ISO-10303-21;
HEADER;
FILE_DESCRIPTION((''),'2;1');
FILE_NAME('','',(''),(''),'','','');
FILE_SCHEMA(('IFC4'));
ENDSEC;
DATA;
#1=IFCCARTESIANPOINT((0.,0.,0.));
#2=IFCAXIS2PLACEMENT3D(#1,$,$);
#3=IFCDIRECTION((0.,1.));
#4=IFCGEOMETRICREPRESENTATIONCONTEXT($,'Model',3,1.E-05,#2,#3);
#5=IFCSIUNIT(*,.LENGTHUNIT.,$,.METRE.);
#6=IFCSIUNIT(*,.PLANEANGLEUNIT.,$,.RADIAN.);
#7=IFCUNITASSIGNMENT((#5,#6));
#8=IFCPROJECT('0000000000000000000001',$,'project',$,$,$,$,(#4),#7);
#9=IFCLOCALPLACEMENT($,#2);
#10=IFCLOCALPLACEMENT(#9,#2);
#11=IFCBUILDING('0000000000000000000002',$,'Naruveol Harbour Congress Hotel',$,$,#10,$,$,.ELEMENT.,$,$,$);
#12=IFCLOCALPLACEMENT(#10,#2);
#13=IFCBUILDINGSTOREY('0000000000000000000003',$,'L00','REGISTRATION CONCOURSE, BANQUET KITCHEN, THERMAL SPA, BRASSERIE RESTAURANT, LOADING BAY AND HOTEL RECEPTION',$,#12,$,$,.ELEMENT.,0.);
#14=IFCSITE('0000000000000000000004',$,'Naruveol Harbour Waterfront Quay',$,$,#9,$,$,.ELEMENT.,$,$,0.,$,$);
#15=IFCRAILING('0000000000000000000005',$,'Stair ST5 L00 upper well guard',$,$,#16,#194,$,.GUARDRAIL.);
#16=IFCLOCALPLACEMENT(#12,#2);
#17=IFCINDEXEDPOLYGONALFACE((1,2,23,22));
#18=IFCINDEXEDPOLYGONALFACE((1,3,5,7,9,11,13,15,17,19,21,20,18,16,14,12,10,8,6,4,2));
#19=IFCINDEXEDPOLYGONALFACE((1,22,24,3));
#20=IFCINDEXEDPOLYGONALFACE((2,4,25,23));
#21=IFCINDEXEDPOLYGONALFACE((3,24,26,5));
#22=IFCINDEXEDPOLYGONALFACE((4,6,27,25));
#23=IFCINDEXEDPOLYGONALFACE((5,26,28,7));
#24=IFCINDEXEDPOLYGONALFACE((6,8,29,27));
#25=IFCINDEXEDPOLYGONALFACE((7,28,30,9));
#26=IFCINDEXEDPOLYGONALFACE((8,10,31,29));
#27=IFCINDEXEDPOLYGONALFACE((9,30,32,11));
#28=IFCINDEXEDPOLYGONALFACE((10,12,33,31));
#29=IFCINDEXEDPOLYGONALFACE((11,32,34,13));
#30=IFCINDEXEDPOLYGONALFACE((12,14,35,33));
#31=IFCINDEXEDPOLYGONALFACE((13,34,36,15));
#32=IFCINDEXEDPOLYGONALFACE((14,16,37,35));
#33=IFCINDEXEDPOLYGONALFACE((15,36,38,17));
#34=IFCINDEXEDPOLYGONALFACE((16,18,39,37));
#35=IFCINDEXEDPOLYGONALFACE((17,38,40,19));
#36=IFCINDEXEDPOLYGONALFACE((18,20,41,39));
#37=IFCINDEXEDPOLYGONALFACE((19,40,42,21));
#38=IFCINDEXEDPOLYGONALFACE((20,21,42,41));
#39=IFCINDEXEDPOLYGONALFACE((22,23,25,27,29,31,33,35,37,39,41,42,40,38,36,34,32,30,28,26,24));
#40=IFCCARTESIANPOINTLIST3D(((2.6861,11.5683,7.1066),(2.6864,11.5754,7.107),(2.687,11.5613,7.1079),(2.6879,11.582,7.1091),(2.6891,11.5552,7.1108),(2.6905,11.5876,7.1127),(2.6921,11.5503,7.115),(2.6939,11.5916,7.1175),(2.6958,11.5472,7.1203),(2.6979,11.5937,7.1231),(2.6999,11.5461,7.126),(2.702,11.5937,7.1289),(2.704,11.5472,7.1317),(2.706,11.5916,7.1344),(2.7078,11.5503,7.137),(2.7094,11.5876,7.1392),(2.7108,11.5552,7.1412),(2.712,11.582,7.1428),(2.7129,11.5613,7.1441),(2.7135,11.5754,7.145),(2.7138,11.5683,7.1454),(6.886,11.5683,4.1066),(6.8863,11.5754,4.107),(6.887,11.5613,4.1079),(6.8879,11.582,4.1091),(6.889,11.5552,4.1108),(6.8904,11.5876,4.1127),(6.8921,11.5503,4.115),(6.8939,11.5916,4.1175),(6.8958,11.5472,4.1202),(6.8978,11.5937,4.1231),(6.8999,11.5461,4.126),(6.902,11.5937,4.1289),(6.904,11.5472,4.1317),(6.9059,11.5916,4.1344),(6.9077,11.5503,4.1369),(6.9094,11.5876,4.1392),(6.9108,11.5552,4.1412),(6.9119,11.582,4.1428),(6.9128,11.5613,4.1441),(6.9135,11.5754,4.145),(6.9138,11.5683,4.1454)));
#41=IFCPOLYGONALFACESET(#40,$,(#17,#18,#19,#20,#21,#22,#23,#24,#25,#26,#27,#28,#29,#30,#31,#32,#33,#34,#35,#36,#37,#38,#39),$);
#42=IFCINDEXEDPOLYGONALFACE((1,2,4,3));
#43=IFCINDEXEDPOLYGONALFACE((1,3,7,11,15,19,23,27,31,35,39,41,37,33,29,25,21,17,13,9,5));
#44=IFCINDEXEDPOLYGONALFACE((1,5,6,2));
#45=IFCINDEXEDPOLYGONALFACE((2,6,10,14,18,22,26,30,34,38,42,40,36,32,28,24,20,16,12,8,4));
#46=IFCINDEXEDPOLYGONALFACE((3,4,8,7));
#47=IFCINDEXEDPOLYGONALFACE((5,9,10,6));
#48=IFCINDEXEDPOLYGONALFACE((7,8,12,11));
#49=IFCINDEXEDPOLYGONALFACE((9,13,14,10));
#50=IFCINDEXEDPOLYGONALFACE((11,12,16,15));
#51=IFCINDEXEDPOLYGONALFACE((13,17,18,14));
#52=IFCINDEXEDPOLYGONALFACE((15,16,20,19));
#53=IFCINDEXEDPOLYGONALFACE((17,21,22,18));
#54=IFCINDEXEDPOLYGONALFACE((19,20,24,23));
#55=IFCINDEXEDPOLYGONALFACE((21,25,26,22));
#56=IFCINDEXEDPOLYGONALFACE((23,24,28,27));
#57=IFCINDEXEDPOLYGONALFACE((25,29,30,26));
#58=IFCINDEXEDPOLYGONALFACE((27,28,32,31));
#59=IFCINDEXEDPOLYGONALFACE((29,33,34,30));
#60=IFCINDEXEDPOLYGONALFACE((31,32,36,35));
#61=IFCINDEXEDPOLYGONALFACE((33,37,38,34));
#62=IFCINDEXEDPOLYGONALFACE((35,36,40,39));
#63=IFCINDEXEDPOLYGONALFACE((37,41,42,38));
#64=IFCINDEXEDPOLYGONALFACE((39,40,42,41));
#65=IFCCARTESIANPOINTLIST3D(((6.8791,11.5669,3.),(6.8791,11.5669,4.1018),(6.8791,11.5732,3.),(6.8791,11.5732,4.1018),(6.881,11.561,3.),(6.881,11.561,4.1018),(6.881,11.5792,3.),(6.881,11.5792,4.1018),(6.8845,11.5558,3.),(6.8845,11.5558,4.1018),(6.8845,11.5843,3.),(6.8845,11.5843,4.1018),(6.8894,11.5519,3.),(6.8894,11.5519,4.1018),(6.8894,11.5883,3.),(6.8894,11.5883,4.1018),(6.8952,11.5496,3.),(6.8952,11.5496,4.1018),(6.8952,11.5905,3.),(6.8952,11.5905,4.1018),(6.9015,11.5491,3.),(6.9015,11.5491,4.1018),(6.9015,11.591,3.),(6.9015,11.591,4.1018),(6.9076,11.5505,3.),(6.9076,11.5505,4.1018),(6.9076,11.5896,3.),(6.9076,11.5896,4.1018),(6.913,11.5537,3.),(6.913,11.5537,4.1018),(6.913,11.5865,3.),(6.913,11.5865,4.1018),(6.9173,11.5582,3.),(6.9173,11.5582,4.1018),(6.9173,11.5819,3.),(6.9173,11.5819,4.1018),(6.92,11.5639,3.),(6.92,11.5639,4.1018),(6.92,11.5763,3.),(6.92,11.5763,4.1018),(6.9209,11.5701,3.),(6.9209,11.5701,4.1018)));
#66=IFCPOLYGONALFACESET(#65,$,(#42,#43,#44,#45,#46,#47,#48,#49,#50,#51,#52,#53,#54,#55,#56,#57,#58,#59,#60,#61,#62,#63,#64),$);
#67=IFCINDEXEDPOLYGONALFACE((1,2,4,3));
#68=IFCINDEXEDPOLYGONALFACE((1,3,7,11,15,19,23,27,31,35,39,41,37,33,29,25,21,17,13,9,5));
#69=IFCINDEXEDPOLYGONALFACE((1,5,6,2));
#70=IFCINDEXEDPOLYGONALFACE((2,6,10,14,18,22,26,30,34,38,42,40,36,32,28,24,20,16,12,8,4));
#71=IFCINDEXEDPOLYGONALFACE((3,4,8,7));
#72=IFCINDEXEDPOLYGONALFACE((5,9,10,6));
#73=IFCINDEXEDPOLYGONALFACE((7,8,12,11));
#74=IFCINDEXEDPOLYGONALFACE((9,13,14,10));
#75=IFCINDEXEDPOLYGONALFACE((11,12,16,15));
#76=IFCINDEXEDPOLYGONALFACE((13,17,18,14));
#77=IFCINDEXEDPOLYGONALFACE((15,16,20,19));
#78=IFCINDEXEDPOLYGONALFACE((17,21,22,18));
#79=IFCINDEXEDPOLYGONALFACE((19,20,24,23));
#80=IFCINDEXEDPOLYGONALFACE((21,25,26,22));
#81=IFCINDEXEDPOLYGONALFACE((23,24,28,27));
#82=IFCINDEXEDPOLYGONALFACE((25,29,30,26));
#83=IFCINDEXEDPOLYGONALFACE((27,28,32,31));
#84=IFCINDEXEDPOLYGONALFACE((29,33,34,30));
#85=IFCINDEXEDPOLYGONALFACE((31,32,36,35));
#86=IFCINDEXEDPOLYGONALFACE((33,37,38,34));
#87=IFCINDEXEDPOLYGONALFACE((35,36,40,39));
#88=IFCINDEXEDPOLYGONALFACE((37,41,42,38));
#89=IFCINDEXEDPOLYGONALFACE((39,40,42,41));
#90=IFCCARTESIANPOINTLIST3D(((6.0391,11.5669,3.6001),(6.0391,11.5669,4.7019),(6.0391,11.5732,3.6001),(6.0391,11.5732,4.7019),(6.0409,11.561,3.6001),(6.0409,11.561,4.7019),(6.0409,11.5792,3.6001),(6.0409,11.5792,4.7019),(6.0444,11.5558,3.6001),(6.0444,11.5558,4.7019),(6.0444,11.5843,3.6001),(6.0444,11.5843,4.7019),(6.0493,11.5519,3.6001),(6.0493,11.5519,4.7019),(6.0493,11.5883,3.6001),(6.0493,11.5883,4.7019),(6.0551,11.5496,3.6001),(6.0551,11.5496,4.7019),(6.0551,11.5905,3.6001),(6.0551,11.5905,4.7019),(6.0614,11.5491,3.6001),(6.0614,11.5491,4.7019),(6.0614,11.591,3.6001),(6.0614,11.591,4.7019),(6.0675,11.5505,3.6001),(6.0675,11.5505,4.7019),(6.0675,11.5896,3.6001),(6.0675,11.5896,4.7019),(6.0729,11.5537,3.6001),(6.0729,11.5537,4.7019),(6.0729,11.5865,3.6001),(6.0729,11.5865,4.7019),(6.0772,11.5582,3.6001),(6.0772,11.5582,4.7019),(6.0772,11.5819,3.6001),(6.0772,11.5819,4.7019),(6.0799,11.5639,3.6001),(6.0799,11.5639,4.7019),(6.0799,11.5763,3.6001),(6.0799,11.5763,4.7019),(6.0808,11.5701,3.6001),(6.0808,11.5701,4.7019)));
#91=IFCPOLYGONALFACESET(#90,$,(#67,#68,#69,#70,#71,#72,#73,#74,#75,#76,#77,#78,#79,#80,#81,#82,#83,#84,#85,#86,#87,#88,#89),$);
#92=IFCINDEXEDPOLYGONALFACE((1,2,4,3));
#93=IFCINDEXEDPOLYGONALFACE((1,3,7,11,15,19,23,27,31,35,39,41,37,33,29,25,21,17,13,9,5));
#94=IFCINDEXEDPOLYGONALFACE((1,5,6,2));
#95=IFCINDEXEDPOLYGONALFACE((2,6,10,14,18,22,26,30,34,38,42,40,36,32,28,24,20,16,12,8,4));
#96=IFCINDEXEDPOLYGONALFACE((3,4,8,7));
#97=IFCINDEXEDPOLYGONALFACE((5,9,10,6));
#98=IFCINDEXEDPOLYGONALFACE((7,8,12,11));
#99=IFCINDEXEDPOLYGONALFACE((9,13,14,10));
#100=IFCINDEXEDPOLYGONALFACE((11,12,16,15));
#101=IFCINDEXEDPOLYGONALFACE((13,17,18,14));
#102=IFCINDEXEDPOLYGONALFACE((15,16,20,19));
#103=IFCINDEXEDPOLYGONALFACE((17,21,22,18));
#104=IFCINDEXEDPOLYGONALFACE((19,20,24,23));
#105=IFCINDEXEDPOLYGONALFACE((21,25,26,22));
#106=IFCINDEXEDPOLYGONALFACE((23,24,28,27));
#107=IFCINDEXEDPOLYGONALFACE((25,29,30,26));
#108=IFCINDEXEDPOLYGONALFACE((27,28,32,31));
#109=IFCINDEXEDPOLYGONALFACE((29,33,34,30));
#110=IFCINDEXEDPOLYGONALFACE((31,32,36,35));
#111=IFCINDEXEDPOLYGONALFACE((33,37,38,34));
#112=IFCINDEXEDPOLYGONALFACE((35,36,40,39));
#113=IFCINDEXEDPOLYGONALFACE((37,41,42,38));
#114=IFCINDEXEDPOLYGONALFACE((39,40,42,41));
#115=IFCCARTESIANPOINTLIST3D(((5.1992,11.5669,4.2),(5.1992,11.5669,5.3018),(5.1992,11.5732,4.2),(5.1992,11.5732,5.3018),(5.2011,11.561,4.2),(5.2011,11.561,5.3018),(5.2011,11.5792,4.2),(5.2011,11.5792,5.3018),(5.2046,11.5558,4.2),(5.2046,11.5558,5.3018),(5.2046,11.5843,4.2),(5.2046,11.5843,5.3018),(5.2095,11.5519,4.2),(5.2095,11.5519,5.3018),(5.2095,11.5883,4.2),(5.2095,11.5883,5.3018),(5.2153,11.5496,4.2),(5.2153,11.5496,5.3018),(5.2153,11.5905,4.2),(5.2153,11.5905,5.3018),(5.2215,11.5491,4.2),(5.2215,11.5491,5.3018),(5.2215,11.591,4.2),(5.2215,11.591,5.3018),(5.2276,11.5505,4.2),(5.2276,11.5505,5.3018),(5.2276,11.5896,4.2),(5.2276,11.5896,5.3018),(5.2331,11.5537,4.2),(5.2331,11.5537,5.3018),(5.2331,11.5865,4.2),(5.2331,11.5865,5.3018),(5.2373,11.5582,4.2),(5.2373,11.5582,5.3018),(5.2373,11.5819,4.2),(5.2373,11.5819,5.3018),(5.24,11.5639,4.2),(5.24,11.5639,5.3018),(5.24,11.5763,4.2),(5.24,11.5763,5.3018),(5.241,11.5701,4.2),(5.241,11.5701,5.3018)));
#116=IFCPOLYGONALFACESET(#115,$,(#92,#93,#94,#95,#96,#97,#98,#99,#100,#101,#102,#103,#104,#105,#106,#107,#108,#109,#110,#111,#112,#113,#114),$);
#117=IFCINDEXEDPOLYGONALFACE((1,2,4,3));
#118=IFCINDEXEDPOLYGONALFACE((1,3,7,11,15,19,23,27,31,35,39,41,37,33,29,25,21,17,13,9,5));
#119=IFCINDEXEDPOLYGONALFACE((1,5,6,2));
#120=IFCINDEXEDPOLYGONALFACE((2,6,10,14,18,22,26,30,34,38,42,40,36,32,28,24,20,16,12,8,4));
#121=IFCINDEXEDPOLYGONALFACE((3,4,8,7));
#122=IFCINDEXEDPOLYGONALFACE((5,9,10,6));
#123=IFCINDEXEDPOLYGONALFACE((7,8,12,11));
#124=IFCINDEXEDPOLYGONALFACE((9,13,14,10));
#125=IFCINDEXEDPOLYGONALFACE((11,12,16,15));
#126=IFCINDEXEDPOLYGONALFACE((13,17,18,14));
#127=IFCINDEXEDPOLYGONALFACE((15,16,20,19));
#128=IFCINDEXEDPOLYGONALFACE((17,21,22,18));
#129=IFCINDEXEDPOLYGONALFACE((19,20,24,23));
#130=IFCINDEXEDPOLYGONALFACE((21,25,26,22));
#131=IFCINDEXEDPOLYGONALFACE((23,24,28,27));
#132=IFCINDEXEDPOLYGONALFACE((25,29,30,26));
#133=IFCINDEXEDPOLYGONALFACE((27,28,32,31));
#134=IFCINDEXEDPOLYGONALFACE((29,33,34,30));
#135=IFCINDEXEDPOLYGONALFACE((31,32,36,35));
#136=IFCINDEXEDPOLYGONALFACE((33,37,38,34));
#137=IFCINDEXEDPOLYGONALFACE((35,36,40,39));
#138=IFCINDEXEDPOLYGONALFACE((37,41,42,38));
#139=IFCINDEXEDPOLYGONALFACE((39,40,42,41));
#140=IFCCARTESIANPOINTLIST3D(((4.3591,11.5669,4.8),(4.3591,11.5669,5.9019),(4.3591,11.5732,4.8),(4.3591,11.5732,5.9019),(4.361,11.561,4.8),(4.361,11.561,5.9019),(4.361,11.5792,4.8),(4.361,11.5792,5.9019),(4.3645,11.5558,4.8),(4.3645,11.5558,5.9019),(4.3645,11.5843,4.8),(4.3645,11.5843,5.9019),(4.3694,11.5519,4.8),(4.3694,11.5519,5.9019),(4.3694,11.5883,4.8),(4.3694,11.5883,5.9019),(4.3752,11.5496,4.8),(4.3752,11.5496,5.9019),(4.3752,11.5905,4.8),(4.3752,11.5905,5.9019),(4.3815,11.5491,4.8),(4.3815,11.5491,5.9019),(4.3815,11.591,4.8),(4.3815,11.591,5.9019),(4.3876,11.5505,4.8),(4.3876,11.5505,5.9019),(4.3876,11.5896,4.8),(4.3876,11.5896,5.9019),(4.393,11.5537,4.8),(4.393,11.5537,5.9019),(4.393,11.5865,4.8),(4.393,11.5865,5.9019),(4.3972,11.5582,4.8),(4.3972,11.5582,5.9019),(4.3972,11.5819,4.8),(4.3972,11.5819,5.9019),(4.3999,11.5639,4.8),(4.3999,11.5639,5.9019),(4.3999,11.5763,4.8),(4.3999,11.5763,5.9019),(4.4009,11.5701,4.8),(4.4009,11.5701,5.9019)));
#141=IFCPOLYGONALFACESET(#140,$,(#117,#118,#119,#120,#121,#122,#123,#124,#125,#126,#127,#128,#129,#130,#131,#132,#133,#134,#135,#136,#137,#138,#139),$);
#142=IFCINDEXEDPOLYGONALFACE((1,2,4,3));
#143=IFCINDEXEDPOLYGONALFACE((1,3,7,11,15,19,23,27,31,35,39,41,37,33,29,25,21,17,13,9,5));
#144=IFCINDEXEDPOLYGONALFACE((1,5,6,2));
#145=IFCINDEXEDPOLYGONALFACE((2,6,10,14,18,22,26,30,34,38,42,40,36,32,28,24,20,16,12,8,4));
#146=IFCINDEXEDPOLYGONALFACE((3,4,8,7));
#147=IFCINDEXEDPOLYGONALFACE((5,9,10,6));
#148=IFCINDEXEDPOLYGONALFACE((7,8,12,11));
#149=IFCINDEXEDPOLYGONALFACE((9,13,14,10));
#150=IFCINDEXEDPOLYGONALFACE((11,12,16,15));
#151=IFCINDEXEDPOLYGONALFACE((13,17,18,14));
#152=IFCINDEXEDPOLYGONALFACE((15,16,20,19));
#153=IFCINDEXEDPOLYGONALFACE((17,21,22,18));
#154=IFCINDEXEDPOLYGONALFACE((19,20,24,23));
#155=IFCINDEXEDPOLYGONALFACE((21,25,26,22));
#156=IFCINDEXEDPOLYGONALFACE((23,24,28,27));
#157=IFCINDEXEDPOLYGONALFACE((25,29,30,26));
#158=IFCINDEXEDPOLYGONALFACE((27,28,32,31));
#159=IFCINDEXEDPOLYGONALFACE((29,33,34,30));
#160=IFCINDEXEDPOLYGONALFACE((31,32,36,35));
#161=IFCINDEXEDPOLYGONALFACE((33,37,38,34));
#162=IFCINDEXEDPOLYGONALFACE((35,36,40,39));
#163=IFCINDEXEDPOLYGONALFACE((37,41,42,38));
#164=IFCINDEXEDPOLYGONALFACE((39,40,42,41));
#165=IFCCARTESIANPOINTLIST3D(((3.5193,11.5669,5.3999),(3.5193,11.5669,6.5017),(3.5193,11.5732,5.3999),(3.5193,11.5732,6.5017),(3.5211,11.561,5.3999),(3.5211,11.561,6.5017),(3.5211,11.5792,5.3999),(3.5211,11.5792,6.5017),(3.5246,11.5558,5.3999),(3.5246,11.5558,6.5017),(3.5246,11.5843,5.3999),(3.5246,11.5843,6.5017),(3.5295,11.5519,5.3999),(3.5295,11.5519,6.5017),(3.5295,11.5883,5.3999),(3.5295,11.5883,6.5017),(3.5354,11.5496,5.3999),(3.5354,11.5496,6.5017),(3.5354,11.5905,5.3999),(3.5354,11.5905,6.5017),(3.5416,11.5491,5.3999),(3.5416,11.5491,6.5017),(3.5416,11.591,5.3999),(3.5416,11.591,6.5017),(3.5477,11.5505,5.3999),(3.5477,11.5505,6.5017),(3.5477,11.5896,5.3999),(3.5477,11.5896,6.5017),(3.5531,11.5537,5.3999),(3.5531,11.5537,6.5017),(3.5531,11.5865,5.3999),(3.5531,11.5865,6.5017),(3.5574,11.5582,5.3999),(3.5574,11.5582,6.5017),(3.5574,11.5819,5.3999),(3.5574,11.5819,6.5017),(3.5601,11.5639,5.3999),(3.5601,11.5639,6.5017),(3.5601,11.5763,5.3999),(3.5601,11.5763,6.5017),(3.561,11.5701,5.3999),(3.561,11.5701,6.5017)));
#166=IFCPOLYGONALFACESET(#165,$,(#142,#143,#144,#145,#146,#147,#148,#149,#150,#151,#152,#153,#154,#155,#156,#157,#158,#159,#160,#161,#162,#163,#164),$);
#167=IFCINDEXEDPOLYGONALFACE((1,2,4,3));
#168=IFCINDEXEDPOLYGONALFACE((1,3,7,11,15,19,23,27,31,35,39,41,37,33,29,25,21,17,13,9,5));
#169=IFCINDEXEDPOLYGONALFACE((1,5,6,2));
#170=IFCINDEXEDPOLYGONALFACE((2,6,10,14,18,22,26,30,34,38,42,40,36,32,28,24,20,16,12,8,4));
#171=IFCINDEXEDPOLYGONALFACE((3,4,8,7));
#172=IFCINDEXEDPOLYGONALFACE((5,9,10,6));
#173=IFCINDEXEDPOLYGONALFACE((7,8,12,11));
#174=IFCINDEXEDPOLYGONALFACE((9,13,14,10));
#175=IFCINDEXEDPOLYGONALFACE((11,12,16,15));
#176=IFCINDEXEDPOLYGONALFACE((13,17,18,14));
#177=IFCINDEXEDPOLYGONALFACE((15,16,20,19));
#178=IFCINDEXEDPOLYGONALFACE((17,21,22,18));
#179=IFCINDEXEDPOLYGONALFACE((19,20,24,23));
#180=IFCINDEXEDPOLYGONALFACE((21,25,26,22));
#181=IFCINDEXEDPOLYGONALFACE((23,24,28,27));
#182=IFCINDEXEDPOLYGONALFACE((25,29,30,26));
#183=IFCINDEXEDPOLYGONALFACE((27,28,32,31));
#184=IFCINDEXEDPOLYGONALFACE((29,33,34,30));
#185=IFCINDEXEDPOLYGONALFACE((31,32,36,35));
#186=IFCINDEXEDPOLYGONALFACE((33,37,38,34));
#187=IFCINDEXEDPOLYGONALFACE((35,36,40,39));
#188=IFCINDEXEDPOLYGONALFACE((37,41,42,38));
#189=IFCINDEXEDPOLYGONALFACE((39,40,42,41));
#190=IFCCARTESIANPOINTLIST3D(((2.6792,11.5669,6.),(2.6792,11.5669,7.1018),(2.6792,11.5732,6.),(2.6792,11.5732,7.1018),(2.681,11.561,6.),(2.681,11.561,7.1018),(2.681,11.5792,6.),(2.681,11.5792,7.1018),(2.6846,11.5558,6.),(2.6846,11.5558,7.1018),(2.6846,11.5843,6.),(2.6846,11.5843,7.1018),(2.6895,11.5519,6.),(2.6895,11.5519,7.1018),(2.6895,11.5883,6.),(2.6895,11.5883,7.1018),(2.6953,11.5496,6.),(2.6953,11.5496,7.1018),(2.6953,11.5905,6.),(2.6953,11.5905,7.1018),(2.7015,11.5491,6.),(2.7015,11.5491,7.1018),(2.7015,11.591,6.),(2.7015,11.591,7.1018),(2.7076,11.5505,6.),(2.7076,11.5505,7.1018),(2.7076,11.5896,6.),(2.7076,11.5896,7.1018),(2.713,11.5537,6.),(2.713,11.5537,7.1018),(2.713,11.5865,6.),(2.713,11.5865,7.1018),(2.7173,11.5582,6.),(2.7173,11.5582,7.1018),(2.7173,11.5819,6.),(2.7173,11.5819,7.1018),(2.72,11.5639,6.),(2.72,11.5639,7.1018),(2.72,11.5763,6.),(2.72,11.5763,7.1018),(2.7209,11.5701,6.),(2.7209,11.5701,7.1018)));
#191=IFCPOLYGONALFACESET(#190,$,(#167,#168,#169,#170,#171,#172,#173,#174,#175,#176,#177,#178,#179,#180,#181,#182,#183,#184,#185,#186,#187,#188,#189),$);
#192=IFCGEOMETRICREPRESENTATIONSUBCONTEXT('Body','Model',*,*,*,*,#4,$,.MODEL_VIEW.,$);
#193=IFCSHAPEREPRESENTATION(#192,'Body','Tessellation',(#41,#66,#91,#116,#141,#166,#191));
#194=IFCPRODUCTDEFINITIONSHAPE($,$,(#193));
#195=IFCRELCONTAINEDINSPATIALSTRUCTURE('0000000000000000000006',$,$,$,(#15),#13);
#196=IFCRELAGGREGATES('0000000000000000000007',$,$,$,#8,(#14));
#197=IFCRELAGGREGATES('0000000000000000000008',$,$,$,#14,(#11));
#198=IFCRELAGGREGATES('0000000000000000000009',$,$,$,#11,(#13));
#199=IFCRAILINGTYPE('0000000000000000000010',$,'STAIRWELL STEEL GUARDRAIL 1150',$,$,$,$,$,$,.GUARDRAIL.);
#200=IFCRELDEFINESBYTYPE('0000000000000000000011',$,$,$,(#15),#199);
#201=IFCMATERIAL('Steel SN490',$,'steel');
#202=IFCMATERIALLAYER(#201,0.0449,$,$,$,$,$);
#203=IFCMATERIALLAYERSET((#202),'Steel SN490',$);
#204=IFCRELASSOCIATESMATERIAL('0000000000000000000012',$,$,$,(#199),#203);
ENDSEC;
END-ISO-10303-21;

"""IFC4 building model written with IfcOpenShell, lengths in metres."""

from ifc_helpers import new_model, si_unit, direction, frame, origin, origin_2d, place, context, subcontext, project, spatial, circle, extrude, material, layer, layer_set, type_object, element, save


model = new_model("IFC4")

# Units and contexts
model_context = context("Model", 3, precision=1e-05, world=origin(), true_north=direction((0.0, 1.0)))
body_context = subcontext(model_context, "Body", "Model", "MODEL_VIEW")
ifc_project = project(units=[si_unit("LENGTHUNIT", "METRE"), si_unit("PLANEANGLEUNIT", "RADIAN")], contexts=[model_context])

# Site, building, storey
site_placement = place(None, origin())
site = spatial("IfcSite", under=ifc_project, at=site_placement, Name="Naruveol Harbour Waterfront Quay", CompositionType="ELEMENT", RefElevation=0.0)
building_placement = place(site_placement, origin())
building = spatial("IfcBuilding", under=site, at=building_placement, Name="Naruveol Harbour Congress Hotel", CompositionType="ELEMENT")
storey_placement = place(building_placement, origin())
storey = spatial("IfcBuildingStorey", under=building, at=storey_placement, Name="L00", Description="REGISTRATION CONCOURSE, BANQUET KITCHEN, THERMAL SPA, BRASSERIE RESTAURANT, LOADING BAY AND HOTEL RECEPTION", CompositionType="ELEMENT", Elevation=0.0)

# Railing
ifc_material_1 = material(Name="Steel SN490", Category="steel")
ifc_layer_1 = layer(ifc_material_1, 0.0449)
ifc_layer_set_1 = layer_set([ifc_layer_1], Name="Steel SN490")
railing_type_1 = type_object("IfcRailingType", Name="STAIRWELL STEEL GUARDRAIL 1150", PredefinedType="GUARDRAIL", material=ifc_layer_set_1)
railing_1_placement = place(storey_placement, frame((6.8999, 11.5701, 3.0)))
element("IfcRailing", 1, at=railing_1_placement, inside=storey, type_object=railing_type_1, Name="Stair ST5 L00 upper well guard", PredefinedType="GUARDRAIL", context=body_context, shape_type="SweptSolid", body=[
    extrude(circle(Radius=0.0239, at=origin_2d()), frame((0.0, 0.0, 1.126), z_axis=(-0.81373, 0.0, 0.581243), x_axis=(0.0, -1.0, 0.0)), (0.0, 0.0, 1.0), 5.1614),
    extrude(circle(Radius=0.021, at=origin_2d()), origin(), (0.0, 0.0, 1.0), 1.1018),
    extrude(circle(Radius=0.021, at=origin_2d()), frame((-0.8401, 0.0, 0.6001)), (0.0, 0.0, 1.0), 1.1018),
    extrude(circle(Radius=0.021, at=origin_2d()), frame((-1.6799, 0.0, 1.2)), (0.0, 0.0, 1.0), 1.1018),
    extrude(circle(Radius=0.021, at=origin_2d()), frame((-2.52, 0.0, 1.8)), (0.0, 0.0, 1.0), 1.1018),
    extrude(circle(Radius=0.021, at=origin_2d()), frame((-3.3599, 0.0, 2.3999)), (0.0, 0.0, 1.0), 1.1018),
    extrude(circle(Radius=0.021, at=origin_2d()), frame((-4.2, 0.0, 3.0)), (0.0, 0.0, 1.0), 1.1018),
])

save(model, "model.ifc")
